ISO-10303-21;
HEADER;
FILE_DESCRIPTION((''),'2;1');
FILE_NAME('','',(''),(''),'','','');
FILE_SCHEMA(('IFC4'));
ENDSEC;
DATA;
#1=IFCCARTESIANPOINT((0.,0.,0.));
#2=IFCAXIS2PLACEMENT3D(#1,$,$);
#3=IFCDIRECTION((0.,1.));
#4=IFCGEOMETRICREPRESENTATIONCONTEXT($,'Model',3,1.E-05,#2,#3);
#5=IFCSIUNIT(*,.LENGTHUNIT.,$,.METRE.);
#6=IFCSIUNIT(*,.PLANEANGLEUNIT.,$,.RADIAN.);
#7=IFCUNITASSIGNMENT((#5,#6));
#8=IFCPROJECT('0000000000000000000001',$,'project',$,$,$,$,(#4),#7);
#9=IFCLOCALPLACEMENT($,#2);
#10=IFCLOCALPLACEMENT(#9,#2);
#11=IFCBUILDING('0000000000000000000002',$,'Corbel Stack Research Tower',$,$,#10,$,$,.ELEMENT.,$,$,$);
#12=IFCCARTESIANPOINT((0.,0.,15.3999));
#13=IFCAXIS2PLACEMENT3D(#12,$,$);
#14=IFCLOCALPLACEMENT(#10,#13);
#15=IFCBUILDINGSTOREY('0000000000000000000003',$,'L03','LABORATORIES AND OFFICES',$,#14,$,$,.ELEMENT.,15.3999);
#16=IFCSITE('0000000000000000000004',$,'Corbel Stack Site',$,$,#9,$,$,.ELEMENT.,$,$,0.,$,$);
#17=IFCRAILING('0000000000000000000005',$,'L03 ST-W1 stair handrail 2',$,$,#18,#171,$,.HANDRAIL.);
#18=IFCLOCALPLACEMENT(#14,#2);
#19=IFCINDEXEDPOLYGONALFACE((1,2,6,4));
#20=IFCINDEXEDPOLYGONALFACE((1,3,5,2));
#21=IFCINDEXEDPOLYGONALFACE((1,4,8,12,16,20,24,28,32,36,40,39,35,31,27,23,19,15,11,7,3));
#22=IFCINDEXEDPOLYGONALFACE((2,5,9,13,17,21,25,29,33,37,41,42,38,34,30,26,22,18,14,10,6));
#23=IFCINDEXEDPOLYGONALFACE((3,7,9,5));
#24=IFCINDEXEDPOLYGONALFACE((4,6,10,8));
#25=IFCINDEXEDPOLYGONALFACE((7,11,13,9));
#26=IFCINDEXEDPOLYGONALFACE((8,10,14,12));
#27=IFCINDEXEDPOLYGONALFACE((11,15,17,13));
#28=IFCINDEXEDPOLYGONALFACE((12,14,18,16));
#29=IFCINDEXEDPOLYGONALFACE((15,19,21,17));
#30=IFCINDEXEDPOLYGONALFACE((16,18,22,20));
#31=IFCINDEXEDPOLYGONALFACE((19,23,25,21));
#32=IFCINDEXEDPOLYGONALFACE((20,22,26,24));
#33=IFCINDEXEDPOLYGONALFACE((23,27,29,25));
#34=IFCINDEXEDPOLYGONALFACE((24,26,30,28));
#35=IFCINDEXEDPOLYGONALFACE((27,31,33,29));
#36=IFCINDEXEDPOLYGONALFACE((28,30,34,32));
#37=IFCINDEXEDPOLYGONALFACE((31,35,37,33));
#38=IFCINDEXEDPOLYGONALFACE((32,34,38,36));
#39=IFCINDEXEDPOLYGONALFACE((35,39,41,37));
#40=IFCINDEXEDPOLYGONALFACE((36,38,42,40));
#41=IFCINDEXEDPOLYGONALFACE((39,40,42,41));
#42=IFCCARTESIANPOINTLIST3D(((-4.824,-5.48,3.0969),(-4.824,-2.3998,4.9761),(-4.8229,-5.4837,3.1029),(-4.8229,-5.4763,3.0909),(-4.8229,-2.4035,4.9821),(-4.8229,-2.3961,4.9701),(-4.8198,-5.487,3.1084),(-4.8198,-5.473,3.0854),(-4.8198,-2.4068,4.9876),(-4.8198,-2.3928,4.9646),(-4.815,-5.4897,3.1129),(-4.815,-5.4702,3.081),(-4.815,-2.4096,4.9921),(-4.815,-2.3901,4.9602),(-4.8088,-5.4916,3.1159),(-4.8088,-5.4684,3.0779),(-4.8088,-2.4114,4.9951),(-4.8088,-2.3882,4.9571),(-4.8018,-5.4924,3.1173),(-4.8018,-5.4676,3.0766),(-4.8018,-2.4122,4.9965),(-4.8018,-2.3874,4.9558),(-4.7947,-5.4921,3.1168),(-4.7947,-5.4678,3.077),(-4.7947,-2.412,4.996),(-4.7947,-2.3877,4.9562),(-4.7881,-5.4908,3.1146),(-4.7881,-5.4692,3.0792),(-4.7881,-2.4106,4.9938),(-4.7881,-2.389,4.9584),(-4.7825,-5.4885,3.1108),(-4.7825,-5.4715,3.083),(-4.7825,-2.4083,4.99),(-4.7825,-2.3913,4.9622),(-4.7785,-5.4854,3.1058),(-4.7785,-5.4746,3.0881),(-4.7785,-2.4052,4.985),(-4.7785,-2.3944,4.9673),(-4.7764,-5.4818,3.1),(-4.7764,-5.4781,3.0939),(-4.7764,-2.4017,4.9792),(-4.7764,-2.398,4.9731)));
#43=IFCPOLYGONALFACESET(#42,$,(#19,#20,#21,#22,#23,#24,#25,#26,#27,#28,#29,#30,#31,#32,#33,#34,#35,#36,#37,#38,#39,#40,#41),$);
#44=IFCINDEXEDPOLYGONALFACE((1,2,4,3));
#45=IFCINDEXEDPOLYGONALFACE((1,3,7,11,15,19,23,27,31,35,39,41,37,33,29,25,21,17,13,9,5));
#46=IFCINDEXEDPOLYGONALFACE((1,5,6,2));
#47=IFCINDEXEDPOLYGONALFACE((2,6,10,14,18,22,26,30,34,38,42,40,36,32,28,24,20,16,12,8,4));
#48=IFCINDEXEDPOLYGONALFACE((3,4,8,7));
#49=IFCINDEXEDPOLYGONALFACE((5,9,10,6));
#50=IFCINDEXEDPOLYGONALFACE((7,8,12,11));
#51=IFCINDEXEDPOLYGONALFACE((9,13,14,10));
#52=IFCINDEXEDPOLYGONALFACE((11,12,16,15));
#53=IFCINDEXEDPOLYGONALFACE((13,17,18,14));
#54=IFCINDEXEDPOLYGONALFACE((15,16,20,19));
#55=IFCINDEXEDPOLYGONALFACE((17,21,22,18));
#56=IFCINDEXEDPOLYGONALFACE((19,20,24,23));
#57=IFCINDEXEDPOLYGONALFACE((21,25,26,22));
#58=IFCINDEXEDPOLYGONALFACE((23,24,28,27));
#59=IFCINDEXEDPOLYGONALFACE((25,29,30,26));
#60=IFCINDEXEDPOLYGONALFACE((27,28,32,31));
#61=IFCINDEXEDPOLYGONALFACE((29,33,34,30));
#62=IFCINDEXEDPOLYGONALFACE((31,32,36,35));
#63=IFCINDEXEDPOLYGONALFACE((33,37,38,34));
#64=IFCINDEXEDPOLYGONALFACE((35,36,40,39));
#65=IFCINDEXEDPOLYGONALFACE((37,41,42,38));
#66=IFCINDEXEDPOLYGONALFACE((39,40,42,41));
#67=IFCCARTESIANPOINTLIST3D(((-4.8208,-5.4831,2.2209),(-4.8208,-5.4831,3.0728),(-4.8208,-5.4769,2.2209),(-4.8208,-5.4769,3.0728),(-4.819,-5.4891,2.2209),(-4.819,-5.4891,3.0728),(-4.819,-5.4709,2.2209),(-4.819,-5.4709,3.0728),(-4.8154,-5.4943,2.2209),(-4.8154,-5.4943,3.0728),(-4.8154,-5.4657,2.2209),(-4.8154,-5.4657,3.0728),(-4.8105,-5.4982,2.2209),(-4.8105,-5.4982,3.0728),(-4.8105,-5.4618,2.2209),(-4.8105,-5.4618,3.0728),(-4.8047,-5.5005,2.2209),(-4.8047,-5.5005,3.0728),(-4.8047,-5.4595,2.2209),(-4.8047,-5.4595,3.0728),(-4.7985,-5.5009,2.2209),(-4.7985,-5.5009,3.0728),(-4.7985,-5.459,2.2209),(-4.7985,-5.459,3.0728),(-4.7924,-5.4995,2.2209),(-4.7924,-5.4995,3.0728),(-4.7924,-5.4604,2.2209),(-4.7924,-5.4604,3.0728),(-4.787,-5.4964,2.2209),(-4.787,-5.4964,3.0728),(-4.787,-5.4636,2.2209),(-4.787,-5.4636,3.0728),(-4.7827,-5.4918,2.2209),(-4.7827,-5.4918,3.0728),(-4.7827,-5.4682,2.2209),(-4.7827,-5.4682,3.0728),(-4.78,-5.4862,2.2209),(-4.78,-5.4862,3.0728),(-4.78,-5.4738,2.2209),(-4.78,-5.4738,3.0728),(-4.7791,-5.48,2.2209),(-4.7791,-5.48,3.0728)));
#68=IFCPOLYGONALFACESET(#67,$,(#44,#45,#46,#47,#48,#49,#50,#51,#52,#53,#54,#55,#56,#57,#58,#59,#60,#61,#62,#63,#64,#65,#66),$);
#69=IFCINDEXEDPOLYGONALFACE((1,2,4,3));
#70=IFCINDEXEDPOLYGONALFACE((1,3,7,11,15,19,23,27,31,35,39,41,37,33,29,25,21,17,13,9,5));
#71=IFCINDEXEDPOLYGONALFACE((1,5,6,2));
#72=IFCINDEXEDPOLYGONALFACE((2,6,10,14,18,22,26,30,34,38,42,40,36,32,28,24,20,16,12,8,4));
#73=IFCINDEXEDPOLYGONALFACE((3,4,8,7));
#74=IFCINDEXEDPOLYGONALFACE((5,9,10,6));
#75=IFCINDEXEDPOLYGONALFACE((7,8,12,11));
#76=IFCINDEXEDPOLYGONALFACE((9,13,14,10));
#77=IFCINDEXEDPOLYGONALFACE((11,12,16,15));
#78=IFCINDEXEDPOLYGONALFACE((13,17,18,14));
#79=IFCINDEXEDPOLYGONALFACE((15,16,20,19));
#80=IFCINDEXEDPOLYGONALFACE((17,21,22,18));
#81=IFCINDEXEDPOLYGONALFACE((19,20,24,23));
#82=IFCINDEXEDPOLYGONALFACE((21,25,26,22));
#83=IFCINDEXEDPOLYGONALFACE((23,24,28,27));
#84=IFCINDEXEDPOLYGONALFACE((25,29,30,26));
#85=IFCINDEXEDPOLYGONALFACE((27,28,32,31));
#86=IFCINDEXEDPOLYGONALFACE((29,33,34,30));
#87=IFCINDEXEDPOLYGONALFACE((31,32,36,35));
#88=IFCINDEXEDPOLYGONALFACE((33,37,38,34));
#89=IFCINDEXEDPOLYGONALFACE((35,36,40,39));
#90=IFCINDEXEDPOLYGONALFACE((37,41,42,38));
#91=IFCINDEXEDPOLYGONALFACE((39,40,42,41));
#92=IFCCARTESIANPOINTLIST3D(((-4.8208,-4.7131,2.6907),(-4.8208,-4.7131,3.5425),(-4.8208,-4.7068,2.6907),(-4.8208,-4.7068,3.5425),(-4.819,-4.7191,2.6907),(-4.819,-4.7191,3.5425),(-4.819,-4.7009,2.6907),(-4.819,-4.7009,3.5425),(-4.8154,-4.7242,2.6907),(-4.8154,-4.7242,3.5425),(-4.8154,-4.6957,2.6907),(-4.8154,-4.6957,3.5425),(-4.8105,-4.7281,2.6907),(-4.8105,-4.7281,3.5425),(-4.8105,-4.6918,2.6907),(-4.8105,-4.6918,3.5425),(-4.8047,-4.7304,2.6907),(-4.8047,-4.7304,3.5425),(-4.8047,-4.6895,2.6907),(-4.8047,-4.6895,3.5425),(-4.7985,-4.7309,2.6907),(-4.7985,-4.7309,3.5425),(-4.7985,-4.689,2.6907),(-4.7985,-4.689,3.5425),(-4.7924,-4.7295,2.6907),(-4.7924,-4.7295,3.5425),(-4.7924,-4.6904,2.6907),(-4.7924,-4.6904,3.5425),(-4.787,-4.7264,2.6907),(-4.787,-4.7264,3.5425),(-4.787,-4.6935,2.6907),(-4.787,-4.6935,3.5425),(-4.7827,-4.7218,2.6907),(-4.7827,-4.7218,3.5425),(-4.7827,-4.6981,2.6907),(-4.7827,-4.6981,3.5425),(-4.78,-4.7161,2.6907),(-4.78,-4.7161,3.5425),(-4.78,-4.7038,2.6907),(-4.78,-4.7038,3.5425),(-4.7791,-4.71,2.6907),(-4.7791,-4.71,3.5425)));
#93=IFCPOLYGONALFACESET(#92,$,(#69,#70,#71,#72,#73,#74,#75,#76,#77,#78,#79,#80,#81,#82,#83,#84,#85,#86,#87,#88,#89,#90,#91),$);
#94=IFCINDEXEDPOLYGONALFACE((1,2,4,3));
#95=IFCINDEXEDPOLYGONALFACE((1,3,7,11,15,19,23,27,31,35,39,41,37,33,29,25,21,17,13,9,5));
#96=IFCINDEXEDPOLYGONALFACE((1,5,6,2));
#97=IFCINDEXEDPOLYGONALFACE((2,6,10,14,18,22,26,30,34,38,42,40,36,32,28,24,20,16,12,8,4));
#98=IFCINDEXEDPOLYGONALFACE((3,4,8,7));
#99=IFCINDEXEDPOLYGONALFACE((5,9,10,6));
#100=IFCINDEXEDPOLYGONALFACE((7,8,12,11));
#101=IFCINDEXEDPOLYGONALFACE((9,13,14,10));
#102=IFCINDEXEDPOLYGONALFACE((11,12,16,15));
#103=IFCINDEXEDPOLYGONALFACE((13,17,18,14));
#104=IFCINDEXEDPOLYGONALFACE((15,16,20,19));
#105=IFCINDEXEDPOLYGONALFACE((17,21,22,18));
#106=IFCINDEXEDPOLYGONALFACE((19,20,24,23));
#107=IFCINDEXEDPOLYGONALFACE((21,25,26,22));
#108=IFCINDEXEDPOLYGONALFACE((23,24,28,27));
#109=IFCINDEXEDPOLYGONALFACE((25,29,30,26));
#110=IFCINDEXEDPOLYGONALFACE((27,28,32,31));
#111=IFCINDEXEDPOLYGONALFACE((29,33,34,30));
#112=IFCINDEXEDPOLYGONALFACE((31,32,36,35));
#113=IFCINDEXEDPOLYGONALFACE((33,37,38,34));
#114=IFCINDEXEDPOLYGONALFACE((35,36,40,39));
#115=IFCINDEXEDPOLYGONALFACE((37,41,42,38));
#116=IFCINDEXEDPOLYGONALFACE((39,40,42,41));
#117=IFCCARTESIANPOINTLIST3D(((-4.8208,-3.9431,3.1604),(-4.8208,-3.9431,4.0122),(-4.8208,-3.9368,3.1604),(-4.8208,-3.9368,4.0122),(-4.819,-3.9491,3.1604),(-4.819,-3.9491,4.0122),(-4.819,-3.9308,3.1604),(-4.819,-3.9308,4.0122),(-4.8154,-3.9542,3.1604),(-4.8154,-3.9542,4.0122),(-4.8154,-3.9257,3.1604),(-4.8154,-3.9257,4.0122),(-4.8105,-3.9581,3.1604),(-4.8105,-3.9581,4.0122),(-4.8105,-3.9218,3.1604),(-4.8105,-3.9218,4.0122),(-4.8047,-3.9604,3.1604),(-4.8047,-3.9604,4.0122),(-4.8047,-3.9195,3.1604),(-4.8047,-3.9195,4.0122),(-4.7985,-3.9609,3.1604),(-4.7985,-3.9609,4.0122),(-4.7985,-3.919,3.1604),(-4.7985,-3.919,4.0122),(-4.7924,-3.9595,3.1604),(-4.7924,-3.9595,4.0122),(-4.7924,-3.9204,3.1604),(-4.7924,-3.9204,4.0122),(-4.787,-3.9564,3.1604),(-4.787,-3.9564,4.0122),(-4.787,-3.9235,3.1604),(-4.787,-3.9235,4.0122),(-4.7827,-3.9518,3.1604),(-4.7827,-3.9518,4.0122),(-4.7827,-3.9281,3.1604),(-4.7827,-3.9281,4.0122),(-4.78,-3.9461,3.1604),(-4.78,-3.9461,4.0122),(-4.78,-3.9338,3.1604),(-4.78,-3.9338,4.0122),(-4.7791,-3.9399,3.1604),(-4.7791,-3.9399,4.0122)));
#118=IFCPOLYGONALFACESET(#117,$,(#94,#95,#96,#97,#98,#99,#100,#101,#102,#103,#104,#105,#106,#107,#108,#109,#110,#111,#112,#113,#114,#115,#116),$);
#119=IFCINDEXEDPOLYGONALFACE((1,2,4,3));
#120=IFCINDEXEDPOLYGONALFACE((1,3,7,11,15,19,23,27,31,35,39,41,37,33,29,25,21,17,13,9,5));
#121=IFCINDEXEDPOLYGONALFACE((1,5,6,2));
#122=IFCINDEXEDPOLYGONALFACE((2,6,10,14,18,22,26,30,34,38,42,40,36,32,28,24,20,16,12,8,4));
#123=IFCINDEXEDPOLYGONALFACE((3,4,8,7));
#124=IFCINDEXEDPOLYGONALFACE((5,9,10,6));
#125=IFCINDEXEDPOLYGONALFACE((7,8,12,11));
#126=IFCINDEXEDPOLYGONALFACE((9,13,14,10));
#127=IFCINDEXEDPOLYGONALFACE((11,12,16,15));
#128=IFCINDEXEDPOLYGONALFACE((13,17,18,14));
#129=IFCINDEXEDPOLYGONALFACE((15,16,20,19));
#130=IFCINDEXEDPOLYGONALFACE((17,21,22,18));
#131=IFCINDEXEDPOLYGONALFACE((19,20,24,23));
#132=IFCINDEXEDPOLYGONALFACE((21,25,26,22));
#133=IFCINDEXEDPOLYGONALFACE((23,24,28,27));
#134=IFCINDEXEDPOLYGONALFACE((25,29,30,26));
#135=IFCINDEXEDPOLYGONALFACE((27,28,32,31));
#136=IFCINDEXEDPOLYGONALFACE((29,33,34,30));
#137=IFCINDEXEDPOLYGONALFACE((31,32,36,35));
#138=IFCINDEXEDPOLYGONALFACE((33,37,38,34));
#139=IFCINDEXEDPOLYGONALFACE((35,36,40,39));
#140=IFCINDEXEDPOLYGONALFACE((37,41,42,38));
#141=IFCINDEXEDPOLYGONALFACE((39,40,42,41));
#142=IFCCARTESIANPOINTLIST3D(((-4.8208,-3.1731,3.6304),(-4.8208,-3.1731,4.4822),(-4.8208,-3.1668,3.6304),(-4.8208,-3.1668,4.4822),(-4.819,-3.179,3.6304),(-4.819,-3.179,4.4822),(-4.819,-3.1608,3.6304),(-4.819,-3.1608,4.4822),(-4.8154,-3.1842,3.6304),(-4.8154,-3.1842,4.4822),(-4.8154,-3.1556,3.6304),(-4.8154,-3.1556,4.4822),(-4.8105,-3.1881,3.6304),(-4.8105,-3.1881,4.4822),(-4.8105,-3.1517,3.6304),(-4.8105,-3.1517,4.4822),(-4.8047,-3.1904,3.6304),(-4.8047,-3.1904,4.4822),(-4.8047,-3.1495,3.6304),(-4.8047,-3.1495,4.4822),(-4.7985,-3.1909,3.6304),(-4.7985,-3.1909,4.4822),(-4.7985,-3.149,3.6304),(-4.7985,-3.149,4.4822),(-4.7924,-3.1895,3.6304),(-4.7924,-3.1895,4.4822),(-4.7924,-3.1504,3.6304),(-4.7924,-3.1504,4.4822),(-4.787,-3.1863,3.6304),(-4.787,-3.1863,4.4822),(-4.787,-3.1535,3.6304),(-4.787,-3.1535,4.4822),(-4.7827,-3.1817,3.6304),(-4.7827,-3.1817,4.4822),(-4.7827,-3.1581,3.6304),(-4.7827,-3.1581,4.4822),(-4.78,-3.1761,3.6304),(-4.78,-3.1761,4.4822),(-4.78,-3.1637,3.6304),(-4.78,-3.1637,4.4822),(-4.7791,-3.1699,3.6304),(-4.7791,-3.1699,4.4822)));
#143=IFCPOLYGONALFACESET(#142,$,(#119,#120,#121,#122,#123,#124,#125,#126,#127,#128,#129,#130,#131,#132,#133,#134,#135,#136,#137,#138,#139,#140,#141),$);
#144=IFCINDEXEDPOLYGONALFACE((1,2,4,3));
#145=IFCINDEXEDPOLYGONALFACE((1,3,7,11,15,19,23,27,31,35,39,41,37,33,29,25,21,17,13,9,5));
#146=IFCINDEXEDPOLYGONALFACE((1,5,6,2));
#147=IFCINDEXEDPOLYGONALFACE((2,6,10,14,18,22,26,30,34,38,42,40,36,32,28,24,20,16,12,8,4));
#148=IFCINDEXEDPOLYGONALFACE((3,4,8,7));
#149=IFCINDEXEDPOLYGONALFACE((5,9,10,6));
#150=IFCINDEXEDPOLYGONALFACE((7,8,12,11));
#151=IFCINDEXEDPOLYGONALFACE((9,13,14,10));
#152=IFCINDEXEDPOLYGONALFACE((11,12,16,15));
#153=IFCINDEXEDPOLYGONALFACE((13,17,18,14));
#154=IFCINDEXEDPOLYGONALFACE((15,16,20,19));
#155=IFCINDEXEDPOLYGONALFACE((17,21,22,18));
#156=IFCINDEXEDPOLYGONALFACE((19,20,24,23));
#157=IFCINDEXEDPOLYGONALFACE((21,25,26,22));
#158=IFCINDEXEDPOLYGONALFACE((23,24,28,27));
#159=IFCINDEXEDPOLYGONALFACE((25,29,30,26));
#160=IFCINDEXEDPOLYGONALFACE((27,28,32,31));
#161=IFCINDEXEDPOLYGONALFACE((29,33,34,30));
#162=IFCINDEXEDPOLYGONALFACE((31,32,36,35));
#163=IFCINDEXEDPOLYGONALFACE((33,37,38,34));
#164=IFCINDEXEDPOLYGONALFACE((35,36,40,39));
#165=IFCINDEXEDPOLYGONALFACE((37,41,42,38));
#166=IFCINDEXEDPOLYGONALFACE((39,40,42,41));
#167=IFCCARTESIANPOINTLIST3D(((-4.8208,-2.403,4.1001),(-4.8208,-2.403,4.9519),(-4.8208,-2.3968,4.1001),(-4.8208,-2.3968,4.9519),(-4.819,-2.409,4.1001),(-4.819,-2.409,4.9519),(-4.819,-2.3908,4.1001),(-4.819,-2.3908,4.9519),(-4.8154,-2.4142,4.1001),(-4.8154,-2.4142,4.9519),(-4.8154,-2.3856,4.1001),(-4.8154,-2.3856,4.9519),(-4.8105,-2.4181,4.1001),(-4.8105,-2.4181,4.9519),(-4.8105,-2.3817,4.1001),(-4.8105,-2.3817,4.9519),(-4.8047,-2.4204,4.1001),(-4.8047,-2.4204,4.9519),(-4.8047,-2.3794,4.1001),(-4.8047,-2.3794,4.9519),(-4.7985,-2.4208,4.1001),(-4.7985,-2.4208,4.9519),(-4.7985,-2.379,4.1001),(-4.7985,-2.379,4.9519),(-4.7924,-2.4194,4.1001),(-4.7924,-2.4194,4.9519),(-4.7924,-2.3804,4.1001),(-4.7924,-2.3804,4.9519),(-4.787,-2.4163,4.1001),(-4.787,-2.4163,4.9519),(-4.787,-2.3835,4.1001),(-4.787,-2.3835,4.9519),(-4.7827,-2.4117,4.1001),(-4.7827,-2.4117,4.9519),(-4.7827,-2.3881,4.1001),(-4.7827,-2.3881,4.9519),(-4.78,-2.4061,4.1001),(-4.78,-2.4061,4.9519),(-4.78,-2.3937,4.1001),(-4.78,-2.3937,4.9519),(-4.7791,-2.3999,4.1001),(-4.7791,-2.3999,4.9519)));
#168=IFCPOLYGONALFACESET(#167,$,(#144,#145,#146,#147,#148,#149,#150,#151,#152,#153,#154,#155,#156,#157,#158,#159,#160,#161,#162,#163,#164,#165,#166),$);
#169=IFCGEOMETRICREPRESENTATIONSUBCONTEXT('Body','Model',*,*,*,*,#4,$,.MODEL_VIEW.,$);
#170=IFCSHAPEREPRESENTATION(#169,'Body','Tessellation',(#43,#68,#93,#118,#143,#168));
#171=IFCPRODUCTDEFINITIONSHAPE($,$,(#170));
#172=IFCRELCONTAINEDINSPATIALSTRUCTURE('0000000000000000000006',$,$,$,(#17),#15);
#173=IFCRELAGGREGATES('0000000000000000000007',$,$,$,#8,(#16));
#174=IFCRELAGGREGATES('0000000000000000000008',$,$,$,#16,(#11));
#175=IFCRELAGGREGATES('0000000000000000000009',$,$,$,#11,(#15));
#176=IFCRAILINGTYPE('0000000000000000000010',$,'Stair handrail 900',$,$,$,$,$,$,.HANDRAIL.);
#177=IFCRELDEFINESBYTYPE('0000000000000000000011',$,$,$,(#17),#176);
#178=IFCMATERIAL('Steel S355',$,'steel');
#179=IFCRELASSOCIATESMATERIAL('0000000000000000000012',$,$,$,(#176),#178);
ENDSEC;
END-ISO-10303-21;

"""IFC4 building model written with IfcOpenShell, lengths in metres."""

from ifc_helpers import new_model, si_unit, direction, frame, origin, origin_2d, place, context, subcontext, project, spatial, circle, extrude, material, type_object, element, save


model = new_model("IFC4")

# Units and contexts
model_context = context("Model", 3, precision=1e-05, world=origin(), true_north=direction((0.0, 1.0)))
body_context = subcontext(model_context, "Body", "Model", "MODEL_VIEW")
ifc_project = project(units=[si_unit("LENGTHUNIT", "METRE"), si_unit("PLANEANGLEUNIT", "RADIAN")], contexts=[model_context])

# Site, building, storey
site_placement = place(None, origin())
site = spatial("IfcSite", under=ifc_project, at=site_placement, Name="Corbel Stack Site", CompositionType="ELEMENT", RefElevation=0.0)
building_placement = place(site_placement, origin())
building = spatial("IfcBuilding", under=site, at=building_placement, Name="Corbel Stack Research Tower", CompositionType="ELEMENT")
storey_placement = place(building_placement, frame((0.0, 0.0, 15.3999)))
storey = spatial("IfcBuildingStorey", under=building, at=storey_placement, Name="L03", Description="LABORATORIES AND OFFICES", CompositionType="ELEMENT", Elevation=15.3999)

# Railing
ifc_material_1 = material(Name="Steel S355", Category="steel")
railing_type_1 = type_object("IfcRailingType", Name="Stair handrail 900", PredefinedType="HANDRAIL", material=ifc_material_1)
railing_1_placement = place(storey_placement, frame((-4.8, -5.48, 2.2209)))
element("IfcRailing", 1, at=railing_1_placement, inside=storey, type_object=railing_type_1, Name="L03 ST-W1 stair handrail 2", PredefinedType="HANDRAIL", context=body_context, shape_type="SweptSolid", body=[
    extrude(circle(Radius=0.0239, at=origin_2d()), frame((0.0, 0.0, 0.876), z_axis=(0.0, 0.853666, 0.52082), x_axis=(-1.0, 0.0, 0.0)), (0.0, 0.0, 1.0), 3.6082),
    extrude(circle(Radius=0.021, at=origin_2d()), origin(), (0.0, 0.0, 1.0), 0.8518),
    extrude(circle(Radius=0.021, at=origin_2d()), frame((0.0, 0.77, 0.4697)), (0.0, 0.0, 1.0), 0.8518),
    extrude(circle(Radius=0.021, at=origin_2d()), frame((0.0, 1.54, 0.9395)), (0.0, 0.0, 1.0), 0.8518),
    extrude(circle(Radius=0.021, at=origin_2d()), frame((0.0, 2.3101, 1.4094)), (0.0, 0.0, 1.0), 0.8518),
    extrude(circle(Radius=0.021, at=origin_2d()), frame((0.0, 3.0801, 1.8792)), (0.0, 0.0, 1.0), 0.8518),
])

save(model, "model.ifc")
